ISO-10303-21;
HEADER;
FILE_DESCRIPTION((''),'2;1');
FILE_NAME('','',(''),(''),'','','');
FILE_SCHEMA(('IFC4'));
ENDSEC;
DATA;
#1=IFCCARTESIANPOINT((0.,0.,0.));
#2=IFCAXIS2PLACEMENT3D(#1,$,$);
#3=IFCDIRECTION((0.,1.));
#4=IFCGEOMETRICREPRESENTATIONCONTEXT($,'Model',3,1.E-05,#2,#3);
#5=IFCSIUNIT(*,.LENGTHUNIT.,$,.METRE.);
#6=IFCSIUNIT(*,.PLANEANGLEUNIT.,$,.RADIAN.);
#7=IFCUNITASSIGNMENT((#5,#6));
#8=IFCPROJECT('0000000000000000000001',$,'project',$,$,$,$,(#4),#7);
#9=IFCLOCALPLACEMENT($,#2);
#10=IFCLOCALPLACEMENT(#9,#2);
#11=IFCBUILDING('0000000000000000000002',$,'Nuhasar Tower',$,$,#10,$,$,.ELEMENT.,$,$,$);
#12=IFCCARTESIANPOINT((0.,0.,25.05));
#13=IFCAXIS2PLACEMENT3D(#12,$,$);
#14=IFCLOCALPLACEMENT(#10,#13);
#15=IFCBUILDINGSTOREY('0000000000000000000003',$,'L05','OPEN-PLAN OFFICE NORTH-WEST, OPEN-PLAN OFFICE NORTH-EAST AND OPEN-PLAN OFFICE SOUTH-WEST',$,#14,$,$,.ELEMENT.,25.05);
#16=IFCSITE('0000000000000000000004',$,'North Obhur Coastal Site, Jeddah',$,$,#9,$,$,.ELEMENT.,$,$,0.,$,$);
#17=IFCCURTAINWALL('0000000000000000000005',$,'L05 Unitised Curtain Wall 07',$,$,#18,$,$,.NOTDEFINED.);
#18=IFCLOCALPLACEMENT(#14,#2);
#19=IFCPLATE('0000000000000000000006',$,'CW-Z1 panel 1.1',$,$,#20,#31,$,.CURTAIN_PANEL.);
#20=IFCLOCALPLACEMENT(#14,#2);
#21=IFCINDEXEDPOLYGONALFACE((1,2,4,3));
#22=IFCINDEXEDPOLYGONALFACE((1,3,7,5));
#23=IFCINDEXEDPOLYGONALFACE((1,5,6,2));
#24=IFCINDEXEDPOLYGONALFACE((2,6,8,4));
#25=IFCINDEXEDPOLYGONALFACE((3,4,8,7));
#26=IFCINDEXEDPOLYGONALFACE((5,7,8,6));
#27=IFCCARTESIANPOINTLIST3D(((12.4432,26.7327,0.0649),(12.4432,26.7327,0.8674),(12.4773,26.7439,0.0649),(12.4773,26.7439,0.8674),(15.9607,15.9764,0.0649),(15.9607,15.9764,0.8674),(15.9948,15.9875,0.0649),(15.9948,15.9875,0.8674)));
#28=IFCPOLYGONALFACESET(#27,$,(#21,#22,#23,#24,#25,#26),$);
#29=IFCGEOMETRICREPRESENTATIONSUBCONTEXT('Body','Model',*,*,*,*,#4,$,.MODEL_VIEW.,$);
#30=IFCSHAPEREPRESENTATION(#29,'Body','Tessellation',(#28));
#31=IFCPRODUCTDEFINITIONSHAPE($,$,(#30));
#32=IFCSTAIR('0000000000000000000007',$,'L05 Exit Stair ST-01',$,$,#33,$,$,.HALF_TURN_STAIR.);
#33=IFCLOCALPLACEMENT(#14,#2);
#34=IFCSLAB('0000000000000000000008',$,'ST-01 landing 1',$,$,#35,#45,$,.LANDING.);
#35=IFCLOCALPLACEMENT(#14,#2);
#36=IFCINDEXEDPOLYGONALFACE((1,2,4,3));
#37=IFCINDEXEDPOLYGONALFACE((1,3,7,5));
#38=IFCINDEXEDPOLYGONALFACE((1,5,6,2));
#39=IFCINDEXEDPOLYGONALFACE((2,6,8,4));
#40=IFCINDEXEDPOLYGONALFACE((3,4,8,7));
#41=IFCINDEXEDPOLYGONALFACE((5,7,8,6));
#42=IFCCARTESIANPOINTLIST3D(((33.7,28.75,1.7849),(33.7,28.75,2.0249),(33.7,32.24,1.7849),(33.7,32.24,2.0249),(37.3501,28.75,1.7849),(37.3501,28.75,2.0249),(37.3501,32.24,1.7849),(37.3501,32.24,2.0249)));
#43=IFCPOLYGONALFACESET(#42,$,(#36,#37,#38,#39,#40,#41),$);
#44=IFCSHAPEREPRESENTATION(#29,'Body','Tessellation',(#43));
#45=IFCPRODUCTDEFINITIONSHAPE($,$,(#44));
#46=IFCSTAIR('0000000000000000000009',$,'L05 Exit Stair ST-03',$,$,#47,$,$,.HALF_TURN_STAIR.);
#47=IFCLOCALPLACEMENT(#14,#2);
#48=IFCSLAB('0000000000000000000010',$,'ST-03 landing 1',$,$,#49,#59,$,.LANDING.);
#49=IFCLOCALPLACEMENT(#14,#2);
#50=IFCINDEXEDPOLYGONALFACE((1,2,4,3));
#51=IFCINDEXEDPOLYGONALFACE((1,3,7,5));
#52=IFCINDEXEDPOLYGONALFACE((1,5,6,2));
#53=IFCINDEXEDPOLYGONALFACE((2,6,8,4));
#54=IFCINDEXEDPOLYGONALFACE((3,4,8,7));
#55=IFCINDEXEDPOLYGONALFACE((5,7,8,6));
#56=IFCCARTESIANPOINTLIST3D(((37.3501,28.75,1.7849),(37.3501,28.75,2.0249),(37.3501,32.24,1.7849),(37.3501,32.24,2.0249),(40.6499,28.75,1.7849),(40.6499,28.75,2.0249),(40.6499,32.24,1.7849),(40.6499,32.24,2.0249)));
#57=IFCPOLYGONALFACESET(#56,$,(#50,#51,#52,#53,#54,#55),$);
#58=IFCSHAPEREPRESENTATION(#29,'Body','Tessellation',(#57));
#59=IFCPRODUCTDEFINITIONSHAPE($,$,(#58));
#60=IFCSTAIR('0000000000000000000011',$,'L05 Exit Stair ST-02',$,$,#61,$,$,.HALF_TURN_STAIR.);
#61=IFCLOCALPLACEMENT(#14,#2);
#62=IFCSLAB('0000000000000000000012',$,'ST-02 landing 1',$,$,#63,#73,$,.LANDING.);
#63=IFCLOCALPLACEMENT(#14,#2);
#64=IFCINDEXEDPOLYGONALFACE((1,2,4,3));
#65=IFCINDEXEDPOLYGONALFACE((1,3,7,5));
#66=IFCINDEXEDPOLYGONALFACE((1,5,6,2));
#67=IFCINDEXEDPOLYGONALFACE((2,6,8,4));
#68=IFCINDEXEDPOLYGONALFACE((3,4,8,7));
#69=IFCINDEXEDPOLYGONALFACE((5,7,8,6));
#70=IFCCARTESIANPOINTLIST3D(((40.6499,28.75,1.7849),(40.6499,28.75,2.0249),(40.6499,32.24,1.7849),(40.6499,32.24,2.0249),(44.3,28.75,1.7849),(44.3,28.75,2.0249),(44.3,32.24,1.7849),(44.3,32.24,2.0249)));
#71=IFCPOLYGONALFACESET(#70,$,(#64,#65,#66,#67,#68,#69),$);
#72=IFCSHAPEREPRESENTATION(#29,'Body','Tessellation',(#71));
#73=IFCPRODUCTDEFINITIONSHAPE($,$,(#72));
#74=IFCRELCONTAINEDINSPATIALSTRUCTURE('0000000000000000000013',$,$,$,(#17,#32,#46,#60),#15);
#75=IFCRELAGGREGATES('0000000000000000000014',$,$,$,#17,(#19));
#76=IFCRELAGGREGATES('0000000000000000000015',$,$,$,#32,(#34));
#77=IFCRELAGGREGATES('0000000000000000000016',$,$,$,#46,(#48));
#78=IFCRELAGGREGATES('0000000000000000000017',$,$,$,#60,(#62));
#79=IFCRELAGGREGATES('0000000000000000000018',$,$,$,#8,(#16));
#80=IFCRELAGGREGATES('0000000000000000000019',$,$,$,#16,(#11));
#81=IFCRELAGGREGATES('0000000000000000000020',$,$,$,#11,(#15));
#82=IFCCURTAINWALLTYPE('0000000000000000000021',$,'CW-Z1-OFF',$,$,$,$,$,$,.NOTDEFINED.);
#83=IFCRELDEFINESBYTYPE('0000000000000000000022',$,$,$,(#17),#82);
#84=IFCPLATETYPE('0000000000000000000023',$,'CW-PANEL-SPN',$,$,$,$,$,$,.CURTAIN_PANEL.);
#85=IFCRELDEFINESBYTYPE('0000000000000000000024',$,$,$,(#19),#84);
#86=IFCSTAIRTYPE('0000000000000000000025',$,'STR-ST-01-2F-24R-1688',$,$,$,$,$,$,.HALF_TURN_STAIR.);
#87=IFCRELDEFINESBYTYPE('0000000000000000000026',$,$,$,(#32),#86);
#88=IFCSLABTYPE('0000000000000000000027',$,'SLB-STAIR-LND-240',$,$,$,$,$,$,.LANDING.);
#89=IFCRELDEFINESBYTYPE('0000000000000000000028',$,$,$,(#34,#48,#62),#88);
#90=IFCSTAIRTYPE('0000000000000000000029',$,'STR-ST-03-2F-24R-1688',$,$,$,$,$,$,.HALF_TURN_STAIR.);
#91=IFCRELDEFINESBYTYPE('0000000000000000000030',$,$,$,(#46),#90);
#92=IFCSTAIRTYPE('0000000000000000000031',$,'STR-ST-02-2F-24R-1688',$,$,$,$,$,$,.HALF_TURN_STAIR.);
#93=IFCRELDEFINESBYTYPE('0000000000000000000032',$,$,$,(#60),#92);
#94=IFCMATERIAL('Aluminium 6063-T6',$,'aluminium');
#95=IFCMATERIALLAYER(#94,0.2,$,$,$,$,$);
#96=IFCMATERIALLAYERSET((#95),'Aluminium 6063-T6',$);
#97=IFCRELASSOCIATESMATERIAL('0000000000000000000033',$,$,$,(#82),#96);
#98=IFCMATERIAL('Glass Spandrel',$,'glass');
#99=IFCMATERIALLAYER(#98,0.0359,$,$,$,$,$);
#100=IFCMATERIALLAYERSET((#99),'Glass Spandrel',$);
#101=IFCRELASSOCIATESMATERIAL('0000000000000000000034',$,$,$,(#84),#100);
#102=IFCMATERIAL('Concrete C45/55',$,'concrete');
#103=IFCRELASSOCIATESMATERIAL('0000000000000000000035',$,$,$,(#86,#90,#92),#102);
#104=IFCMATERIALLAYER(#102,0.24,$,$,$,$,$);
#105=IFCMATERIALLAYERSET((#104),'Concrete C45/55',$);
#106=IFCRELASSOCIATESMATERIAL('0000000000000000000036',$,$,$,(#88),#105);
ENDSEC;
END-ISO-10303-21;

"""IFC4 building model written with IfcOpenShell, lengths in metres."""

from ifc_helpers import new_model, si_unit, direction, frame, origin, origin_2d, place, context, subcontext, project, spatial, polyline, rectangle, outline, extrude, material, layer, layer_set, type_object, element, aggregate, save


model = new_model("IFC4")

# Units and contexts
model_context = context("Model", 3, precision=1e-05, world=origin(), true_north=direction((0.0, 1.0)))
body_context = subcontext(model_context, "Body", "Model", "MODEL_VIEW")
ifc_project = project(units=[si_unit("LENGTHUNIT", "METRE"), si_unit("PLANEANGLEUNIT", "RADIAN")], contexts=[model_context])

# Site, building, storey
site_placement = place(None, origin())
site = spatial("IfcSite", under=ifc_project, at=site_placement, Name="North Obhur Coastal Site, Jeddah", CompositionType="ELEMENT", RefElevation=0.0)
building_placement = place(site_placement, origin())
building = spatial("IfcBuilding", under=site, at=building_placement, Name="Nuhasar Tower", CompositionType="ELEMENT")
storey_placement = place(building_placement, frame((0.0, 0.0, 25.05)))
storey = spatial("IfcBuildingStorey", under=building, at=storey_placement, Name="L05", Description="OPEN-PLAN OFFICE NORTH-WEST, OPEN-PLAN OFFICE NORTH-EAST AND OPEN-PLAN OFFICE SOUTH-WEST", CompositionType="ELEMENT", Elevation=25.05)

# Curtain wall
ifc_material_1 = material(Name="Aluminium 6063-T6", Category="aluminium")
ifc_layer_1 = layer(ifc_material_1, 0.2)
ifc_layer_set_1 = layer_set([ifc_layer_1], Name="Aluminium 6063-T6")
curtain_wall_type = type_object("IfcCurtainWallType", Name="CW-Z1-OFF", PredefinedType="NOTDEFINED", material=ifc_layer_set_1)
curtain_wall_1_placement = place(storey_placement, origin())
curtain_wall_1 = element("IfcCurtainWall", 1, at=curtain_wall_1_placement, inside=storey, type_object=curtain_wall_type, Name="L05 Unitised Curtain Wall 07", PredefinedType="NOTDEFINED")

# Plate
ifc_material_2 = material(Name="Glass Spandrel", Category="glass")
ifc_layer_2 = layer(ifc_material_2, 0.0359)
ifc_layer_set_2 = layer_set([ifc_layer_2], Name="Glass Spandrel")
plate_type_1 = type_object("IfcPlateType", Name="CW-PANEL-SPN", PredefinedType="CURTAIN_PANEL", material=ifc_layer_set_2)
plate_1_placement = place(storey_placement, frame((14.219, 21.3601, 0.0649), z_axis=(0.0, 0.0, 1.0), x_axis=(0.310824, -0.950468, 0.0)))
plate_1 = element("IfcPlate", 2, at=plate_1_placement, type_object=plate_type_1, Name="CW-Z1 panel 1.1", PredefinedType="CURTAIN_PANEL", context=body_context, shape_type="SweptSolid", body=[
    extrude(rectangle(XDim=11.3169, YDim=0.0359, at=origin_2d()), origin(), (0.0, 0.0, 1.0), 0.8025),
])
aggregate(curtain_wall_1, [plate_1])

# Stairs, slabs
ifc_material_3 = material(Name="Concrete C45/55", Category="concrete")
stair_type_1 = type_object("IfcStairType", Name="STR-ST-01-2F-24R-1688", PredefinedType="HALF_TURN_STAIR", material=ifc_material_3)
stair_1_placement = place(storey_placement, origin())
stair_1 = element("IfcStair", 3, at=stair_1_placement, inside=storey, type_object=stair_type_1, Name="L05 Exit Stair ST-01", PredefinedType="HALF_TURN_STAIR")
ifc_layer_3 = layer(ifc_material_3, 0.24)
ifc_layer_set_3 = layer_set([ifc_layer_3], Name="Concrete C45/55")
slab_type_1 = type_object("IfcSlabType", Name="SLB-STAIR-LND-240", PredefinedType="LANDING", material=ifc_layer_set_3)
slab_1_placement = place(storey_placement, frame((0.0, 0.0, 1.7849)))
slab_1 = element("IfcSlab", 4, at=slab_1_placement, type_object=slab_type_1, Name="ST-01 landing 1", PredefinedType="LANDING", context=body_context, shape_type="SweptSolid", body=[
    extrude(outline(polyline([(33.7, 28.75), (37.3501, 28.75), (37.3501, 32.24), (33.7, 32.24), (33.7, 28.75)])), origin(), (0.0, 0.0, 1.0), 0.24),
])
aggregate(stair_1, [slab_1])
stair_type_2 = type_object("IfcStairType", Name="STR-ST-03-2F-24R-1688", PredefinedType="HALF_TURN_STAIR", material=ifc_material_3)
stair_2_placement = place(storey_placement, origin())
stair_2 = element("IfcStair", 5, at=stair_2_placement, inside=storey, type_object=stair_type_2, Name="L05 Exit Stair ST-03", PredefinedType="HALF_TURN_STAIR")
slab_2_placement = place(storey_placement, frame((0.0, 0.0, 1.7849)))
slab_2 = element("IfcSlab", 6, at=slab_2_placement, type_object=slab_type_1, Name="ST-03 landing 1", PredefinedType="LANDING", context=body_context, shape_type="SweptSolid", body=[
    extrude(outline(polyline([(37.3501, 28.75), (40.6499, 28.75), (40.6499, 32.24), (37.3501, 32.24), (37.3501, 28.75)])), origin(), (0.0, 0.0, 1.0), 0.24),
])
aggregate(stair_2, [slab_2])
stair_type_3 = type_object("IfcStairType", Name="STR-ST-02-2F-24R-1688", PredefinedType="HALF_TURN_STAIR", material=ifc_material_3)
stair_3_placement = place(storey_placement, origin())
stair_3 = element("IfcStair", 7, at=stair_3_placement, inside=storey, type_object=stair_type_3, Name="L05 Exit Stair ST-02", PredefinedType="HALF_TURN_STAIR")
slab_3_placement = place(storey_placement, frame((0.0, 0.0, 1.7849)))
slab_3 = element("IfcSlab", 8, at=slab_3_placement, type_object=slab_type_1, Name="ST-02 landing 1", PredefinedType="LANDING", context=body_context, shape_type="SweptSolid", body=[
    extrude(outline(polyline([(40.6499, 28.75), (44.3, 28.75), (44.3, 32.24), (40.6499, 32.24), (40.6499, 28.75)])), origin(), (0.0, 0.0, 1.0), 0.24),
])
aggregate(stair_3, [slab_3])

save(model, "model.ifc")
